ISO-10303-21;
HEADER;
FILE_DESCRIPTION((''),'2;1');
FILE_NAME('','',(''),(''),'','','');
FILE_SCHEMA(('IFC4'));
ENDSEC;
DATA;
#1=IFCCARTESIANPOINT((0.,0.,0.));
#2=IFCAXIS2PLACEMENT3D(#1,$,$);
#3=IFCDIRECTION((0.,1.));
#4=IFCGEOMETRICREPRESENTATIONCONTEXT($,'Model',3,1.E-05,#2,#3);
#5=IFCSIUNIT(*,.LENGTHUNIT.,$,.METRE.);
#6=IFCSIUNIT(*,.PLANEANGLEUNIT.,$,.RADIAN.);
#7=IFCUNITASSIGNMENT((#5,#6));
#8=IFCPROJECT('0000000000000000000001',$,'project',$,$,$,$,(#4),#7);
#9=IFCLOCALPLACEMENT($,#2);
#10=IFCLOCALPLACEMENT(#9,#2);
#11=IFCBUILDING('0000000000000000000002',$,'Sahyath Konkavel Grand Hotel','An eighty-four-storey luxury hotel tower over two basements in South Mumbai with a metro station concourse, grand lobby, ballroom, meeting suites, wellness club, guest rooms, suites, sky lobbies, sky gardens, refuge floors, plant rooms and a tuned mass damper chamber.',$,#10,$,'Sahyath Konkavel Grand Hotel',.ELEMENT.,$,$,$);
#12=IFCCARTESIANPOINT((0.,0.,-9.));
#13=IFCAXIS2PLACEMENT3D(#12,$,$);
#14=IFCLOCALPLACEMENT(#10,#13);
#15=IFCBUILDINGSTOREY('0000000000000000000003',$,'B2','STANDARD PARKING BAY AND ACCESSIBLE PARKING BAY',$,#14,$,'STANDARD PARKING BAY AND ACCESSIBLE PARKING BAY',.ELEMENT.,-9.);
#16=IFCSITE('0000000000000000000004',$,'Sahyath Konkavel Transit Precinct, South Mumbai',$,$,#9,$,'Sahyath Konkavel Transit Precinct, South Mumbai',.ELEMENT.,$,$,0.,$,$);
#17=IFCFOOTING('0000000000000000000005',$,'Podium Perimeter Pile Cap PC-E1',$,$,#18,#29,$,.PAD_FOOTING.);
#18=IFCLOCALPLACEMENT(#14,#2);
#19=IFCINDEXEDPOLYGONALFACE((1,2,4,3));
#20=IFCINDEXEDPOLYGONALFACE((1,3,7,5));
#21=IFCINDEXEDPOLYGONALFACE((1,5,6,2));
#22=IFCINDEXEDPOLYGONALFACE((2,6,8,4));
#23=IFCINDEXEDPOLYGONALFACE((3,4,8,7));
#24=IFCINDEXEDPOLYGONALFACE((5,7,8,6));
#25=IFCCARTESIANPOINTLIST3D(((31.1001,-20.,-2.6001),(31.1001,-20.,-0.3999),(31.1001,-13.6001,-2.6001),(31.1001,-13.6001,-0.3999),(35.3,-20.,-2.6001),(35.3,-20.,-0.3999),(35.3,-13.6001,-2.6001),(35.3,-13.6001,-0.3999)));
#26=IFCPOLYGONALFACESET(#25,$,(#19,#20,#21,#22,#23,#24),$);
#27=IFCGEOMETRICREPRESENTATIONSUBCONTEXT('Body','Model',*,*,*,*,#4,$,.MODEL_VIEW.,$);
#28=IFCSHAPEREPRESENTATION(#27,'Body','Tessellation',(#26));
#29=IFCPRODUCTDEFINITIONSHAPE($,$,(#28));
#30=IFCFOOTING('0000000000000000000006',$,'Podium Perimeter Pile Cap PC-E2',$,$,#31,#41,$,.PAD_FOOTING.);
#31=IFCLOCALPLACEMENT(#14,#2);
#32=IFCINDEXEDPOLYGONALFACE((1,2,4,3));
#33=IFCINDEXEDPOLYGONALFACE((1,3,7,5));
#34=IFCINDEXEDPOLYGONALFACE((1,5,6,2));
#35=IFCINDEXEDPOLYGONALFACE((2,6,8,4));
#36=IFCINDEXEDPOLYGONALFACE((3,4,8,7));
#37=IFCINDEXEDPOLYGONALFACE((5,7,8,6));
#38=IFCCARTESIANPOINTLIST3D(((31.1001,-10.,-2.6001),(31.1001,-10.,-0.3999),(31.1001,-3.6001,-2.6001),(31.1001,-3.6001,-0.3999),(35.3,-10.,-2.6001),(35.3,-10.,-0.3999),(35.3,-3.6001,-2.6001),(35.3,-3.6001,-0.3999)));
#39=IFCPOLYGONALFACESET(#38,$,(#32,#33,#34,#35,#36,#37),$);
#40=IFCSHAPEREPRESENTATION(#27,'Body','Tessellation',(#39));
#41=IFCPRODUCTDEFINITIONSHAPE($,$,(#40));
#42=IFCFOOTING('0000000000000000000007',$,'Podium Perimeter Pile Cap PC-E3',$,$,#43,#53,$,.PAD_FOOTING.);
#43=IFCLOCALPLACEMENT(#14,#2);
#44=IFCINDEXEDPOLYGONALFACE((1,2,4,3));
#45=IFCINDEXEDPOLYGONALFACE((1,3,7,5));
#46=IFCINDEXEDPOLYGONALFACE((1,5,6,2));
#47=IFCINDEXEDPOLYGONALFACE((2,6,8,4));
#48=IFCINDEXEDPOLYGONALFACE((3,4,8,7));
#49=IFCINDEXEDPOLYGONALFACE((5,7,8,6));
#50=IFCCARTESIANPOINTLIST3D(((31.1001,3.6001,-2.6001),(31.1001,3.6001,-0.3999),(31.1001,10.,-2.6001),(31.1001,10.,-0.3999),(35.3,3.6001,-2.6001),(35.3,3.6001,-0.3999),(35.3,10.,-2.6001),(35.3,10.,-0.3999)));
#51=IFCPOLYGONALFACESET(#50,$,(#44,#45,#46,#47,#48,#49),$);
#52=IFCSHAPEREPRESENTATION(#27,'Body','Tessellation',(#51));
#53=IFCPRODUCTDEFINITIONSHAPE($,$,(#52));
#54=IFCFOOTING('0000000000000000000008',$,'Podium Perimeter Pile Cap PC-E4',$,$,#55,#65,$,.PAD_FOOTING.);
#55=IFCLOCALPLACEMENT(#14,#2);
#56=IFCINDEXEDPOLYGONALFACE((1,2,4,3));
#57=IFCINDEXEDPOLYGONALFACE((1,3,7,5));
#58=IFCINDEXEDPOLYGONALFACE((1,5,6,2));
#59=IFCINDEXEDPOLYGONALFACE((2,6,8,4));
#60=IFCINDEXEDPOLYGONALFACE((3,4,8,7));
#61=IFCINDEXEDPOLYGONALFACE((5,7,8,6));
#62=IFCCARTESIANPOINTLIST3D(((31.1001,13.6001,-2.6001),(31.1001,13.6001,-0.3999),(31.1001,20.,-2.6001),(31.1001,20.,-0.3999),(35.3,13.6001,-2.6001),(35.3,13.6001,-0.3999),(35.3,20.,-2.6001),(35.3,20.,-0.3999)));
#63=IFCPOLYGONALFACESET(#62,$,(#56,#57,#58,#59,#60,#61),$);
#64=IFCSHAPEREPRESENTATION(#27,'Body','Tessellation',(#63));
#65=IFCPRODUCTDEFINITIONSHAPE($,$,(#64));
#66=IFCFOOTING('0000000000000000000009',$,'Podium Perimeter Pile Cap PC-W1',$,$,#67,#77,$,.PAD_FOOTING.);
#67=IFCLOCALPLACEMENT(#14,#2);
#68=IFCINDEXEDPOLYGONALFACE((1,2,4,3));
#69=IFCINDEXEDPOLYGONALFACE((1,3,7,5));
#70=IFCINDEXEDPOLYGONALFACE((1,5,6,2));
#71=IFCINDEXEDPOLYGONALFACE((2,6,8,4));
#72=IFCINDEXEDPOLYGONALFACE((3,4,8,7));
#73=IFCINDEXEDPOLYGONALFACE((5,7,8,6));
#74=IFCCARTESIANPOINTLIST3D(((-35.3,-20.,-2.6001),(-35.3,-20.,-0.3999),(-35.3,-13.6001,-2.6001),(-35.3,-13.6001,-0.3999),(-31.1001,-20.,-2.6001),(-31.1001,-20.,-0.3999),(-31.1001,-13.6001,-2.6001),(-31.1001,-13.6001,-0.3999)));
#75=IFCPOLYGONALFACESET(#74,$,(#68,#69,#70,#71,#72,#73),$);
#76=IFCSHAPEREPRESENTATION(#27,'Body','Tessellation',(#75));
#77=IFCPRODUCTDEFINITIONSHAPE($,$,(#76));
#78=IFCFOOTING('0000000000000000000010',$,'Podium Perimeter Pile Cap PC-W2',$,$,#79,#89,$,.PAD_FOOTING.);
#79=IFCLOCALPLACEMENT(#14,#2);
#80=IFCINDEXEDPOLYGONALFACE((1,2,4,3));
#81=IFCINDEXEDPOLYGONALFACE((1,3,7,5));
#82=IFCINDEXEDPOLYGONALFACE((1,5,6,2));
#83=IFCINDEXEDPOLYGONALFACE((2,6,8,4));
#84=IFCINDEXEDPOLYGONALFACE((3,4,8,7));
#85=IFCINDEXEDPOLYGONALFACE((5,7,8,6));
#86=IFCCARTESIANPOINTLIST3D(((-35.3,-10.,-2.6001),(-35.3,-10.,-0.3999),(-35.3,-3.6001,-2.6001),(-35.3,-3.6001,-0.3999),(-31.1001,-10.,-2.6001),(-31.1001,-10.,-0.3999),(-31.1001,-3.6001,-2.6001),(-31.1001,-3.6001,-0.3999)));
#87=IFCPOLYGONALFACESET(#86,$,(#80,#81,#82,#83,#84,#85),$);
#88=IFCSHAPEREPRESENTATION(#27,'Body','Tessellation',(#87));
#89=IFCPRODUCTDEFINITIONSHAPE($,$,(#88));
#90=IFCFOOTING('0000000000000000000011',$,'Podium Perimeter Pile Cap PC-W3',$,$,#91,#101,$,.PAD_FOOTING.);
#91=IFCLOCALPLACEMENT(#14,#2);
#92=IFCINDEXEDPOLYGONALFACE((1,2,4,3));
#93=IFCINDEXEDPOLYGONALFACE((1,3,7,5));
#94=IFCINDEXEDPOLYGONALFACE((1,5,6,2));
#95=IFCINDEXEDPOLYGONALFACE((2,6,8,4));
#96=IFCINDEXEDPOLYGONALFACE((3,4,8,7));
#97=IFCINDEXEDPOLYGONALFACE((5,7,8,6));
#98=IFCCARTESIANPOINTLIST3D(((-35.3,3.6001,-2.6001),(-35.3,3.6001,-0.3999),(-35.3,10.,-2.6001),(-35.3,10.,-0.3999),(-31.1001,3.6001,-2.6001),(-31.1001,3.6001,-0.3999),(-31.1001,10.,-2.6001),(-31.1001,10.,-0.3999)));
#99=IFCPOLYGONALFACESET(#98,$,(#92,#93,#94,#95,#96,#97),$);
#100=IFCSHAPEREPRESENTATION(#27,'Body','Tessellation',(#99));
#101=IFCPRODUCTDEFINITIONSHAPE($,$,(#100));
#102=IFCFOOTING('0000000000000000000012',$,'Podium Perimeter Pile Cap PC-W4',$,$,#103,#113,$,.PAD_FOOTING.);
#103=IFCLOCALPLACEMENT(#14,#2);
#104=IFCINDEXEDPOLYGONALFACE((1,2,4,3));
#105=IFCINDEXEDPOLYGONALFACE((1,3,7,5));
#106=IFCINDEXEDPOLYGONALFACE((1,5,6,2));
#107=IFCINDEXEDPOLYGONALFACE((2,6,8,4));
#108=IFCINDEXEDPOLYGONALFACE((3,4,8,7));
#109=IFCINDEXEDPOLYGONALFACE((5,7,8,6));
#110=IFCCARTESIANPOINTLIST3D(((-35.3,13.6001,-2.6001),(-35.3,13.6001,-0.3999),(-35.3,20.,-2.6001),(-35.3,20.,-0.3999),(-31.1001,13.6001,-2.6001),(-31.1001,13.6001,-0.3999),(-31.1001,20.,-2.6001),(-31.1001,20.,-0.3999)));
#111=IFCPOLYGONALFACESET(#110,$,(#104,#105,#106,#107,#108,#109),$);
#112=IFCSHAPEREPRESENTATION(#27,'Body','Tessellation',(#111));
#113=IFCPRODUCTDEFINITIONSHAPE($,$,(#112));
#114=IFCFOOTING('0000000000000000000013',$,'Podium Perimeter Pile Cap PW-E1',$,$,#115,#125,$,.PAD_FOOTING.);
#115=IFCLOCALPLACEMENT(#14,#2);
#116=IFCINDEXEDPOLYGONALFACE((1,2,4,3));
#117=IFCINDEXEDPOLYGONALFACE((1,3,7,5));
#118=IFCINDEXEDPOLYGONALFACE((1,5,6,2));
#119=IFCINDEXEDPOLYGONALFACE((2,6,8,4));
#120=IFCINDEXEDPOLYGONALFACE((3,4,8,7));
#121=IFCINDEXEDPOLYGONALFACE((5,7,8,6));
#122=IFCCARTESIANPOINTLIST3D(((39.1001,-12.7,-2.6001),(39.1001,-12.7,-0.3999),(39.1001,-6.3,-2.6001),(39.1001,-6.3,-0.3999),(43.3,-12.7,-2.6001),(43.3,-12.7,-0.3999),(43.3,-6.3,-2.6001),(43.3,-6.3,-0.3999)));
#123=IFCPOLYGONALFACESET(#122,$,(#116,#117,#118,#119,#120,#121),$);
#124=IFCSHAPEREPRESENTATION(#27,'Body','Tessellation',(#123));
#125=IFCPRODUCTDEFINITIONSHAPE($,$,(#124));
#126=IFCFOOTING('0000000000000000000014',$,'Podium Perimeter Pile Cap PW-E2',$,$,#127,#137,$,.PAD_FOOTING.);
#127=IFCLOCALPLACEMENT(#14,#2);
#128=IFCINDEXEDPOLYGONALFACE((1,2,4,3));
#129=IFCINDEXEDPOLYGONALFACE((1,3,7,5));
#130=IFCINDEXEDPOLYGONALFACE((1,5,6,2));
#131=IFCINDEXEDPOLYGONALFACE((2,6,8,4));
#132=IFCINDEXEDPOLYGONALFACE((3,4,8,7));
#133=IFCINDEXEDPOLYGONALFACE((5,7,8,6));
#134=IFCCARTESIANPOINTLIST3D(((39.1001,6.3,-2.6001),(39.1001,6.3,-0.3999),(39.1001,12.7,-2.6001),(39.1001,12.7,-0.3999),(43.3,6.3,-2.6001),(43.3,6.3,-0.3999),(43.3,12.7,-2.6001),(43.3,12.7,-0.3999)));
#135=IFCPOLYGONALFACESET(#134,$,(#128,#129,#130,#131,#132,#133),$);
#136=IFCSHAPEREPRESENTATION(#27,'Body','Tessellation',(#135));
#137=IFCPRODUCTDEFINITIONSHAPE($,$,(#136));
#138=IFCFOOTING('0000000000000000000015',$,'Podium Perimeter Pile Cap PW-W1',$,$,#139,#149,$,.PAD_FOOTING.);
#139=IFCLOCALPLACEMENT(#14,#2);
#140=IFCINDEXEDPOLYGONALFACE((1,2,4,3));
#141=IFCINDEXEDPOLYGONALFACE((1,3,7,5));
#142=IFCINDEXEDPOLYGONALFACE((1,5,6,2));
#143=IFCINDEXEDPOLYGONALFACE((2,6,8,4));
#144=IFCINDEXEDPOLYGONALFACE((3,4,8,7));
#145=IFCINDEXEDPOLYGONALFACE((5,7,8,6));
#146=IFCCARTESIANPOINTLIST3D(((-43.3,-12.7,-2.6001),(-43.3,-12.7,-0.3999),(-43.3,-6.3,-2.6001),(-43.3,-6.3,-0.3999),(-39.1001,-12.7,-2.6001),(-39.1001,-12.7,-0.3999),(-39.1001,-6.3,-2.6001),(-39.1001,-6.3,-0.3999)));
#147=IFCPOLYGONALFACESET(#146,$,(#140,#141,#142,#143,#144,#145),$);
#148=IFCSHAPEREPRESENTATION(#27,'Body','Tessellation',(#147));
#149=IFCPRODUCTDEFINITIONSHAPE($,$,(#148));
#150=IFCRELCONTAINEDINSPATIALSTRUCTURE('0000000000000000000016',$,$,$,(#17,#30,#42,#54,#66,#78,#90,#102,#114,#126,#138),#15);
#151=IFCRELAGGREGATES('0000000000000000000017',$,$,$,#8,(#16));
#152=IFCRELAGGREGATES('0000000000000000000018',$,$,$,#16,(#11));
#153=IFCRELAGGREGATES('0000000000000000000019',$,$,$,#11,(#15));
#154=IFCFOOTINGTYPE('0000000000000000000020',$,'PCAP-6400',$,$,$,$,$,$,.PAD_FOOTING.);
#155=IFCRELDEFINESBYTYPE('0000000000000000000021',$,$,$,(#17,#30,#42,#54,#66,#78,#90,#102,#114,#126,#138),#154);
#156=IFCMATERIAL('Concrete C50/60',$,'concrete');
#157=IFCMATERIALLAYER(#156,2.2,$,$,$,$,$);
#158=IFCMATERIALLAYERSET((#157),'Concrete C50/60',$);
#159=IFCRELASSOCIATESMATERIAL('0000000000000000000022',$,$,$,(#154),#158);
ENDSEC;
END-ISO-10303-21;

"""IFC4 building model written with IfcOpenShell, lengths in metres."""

from ifc_helpers import new_model, si_unit, direction, frame, origin, place, context, subcontext, project, spatial, polyline, outline, extrude, material, layer, layer_set, type_object, element, save


model = new_model("IFC4")

# Units and contexts
model_context = context("Model", 3, precision=1e-05, world=origin(), true_north=direction((0.0, 1.0)))
body_context = subcontext(model_context, "Body", "Model", "MODEL_VIEW")
ifc_project = project(units=[si_unit("LENGTHUNIT", "METRE"), si_unit("PLANEANGLEUNIT", "RADIAN")], contexts=[model_context])

# Site, building, storey
site_placement = place(None, origin())
site = spatial("IfcSite", under=ifc_project, at=site_placement, Name="Sahyath Konkavel Transit Precinct, South Mumbai", LongName="Sahyath Konkavel Transit Precinct, South Mumbai", CompositionType="ELEMENT", RefElevation=0.0)
building_placement = place(site_placement, origin())
building = spatial("IfcBuilding", under=site, at=building_placement, Name="Sahyath Konkavel Grand Hotel", Description="An eighty-four-storey luxury hotel tower over two basements in South Mumbai with a metro station concourse, grand lobby, ballroom, meeting suites, wellness club, guest rooms, suites, sky lobbies, sky gardens, refuge floors, plant rooms and a tuned mass damper chamber.", LongName="Sahyath Konkavel Grand Hotel", CompositionType="ELEMENT")
storey_placement = place(building_placement, frame((0.0, 0.0, -9.0)))
storey = spatial("IfcBuildingStorey", under=building, at=storey_placement, Name="B2", Description="STANDARD PARKING BAY AND ACCESSIBLE PARKING BAY", LongName="STANDARD PARKING BAY AND ACCESSIBLE PARKING BAY", CompositionType="ELEMENT", Elevation=-9.0)

# Footings
ifc_material_1 = material(Name="Concrete C50/60", Category="concrete")
ifc_layer_1 = layer(ifc_material_1, 2.2)
ifc_layer_set_1 = layer_set([ifc_layer_1], Name="Concrete C50/60")
footing_type = type_object("IfcFootingType", Name="PCAP-6400", PredefinedType="PAD_FOOTING", material=ifc_layer_set_1)
footing_1_placement = place(storey_placement, frame((0.0, 0.0, -2.6001)))
element("IfcFooting", 1, at=footing_1_placement, inside=storey, type_object=footing_type, Name="Podium Perimeter Pile Cap PC-E1", PredefinedType="PAD_FOOTING", context=body_context, shape_type="SweptSolid", body=[
    extrude(outline(polyline([(31.1001, -20.0), (35.3, -20.0), (35.3, -13.6001), (31.1001, -13.6001), (31.1001, -20.0)])), origin(), (0.0, 0.0, 1.0), 2.2002),
])
footing_2_placement = place(storey_placement, frame((0.0, 0.0, -2.6001)))
element("IfcFooting", 2, at=footing_2_placement, inside=storey, type_object=footing_type, Name="Podium Perimeter Pile Cap PC-E2", PredefinedType="PAD_FOOTING", context=body_context, shape_type="SweptSolid", body=[
    extrude(outline(polyline([(31.1001, -10.0), (35.3, -10.0), (35.3, -3.6001), (31.1001, -3.6001), (31.1001, -10.0)])), origin(), (0.0, 0.0, 1.0), 2.2002),
])
footing_3_placement = place(storey_placement, frame((0.0, 0.0, -2.6001)))
element("IfcFooting", 3, at=footing_3_placement, inside=storey, type_object=footing_type, Name="Podium Perimeter Pile Cap PC-E3", PredefinedType="PAD_FOOTING", context=body_context, shape_type="SweptSolid", body=[
    extrude(outline(polyline([(31.1001, 3.6001), (35.3, 3.6001), (35.3, 10.0), (31.1001, 10.0), (31.1001, 3.6001)])), origin(), (0.0, 0.0, 1.0), 2.2002),
])
footing_4_placement = place(storey_placement, frame((0.0, 0.0, -2.6001)))
element("IfcFooting", 4, at=footing_4_placement, inside=storey, type_object=footing_type, Name="Podium Perimeter Pile Cap PC-E4", PredefinedType="PAD_FOOTING", context=body_context, shape_type="SweptSolid", body=[
    extrude(outline(polyline([(31.1001, 13.6001), (35.3, 13.6001), (35.3, 20.0), (31.1001, 20.0), (31.1001, 13.6001)])), origin(), (0.0, 0.0, 1.0), 2.2002),
])
footing_5_placement = place(storey_placement, frame((0.0, 0.0, -2.6001)))
element("IfcFooting", 5, at=footing_5_placement, inside=storey, type_object=footing_type, Name="Podium Perimeter Pile Cap PC-W1", PredefinedType="PAD_FOOTING", context=body_context, shape_type="SweptSolid", body=[
    extrude(outline(polyline([(-35.3, -20.0), (-31.1001, -20.0), (-31.1001, -13.6001), (-35.3, -13.6001), (-35.3, -20.0)])), origin(), (0.0, 0.0, 1.0), 2.2002),
])
footing_6_placement = place(storey_placement, frame((0.0, 0.0, -2.6001)))
element("IfcFooting", 6, at=footing_6_placement, inside=storey, type_object=footing_type, Name="Podium Perimeter Pile Cap PC-W2", PredefinedType="PAD_FOOTING", context=body_context, shape_type="SweptSolid", body=[
    extrude(outline(polyline([(-35.3, -10.0), (-31.1001, -10.0), (-31.1001, -3.6001), (-35.3, -3.6001), (-35.3, -10.0)])), origin(), (0.0, 0.0, 1.0), 2.2002),
])
footing_7_placement = place(storey_placement, frame((0.0, 0.0, -2.6001)))
element("IfcFooting", 7, at=footing_7_placement, inside=storey, type_object=footing_type, Name="Podium Perimeter Pile Cap PC-W3", PredefinedType="PAD_FOOTING", context=body_context, shape_type="SweptSolid", body=[
    extrude(outline(polyline([(-35.3, 3.6001), (-31.1001, 3.6001), (-31.1001, 10.0), (-35.3, 10.0), (-35.3, 3.6001)])), origin(), (0.0, 0.0, 1.0), 2.2002),
])
footing_8_placement = place(storey_placement, frame((0.0, 0.0, -2.6001)))
element("IfcFooting", 8, at=footing_8_placement, inside=storey, type_object=footing_type, Name="Podium Perimeter Pile Cap PC-W4", PredefinedType="PAD_FOOTING", context=body_context, shape_type="SweptSolid", body=[
    extrude(outline(polyline([(-35.3, 13.6001), (-31.1001, 13.6001), (-31.1001, 20.0), (-35.3, 20.0), (-35.3, 13.6001)])), origin(), (0.0, 0.0, 1.0), 2.2002),
])
footing_9_placement = place(storey_placement, frame((0.0, 0.0, -2.6001)))
element("IfcFooting", 9, at=footing_9_placement, inside=storey, type_object=footing_type, Name="Podium Perimeter Pile Cap PW-E1", PredefinedType="PAD_FOOTING", context=body_context, shape_type="SweptSolid", body=[
    extrude(outline(polyline([(39.1001, -12.7), (43.3, -12.7), (43.3, -6.3), (39.1001, -6.3), (39.1001, -12.7)])), origin(), (0.0, 0.0, 1.0), 2.2002),
])
footing_10_placement = place(storey_placement, frame((0.0, 0.0, -2.6001)))
element("IfcFooting", 10, at=footing_10_placement, inside=storey, type_object=footing_type, Name="Podium Perimeter Pile Cap PW-E2", PredefinedType="PAD_FOOTING", context=body_context, shape_type="SweptSolid", body=[
    extrude(outline(polyline([(39.1001, 6.3), (43.3, 6.3), (43.3, 12.7), (39.1001, 12.7), (39.1001, 6.3)])), origin(), (0.0, 0.0, 1.0), 2.2002),
])
footing_11_placement = place(storey_placement, frame((0.0, 0.0, -2.6001)))
element("IfcFooting", 11, at=footing_11_placement, inside=storey, type_object=footing_type, Name="Podium Perimeter Pile Cap PW-W1", PredefinedType="PAD_FOOTING", context=body_context, shape_type="SweptSolid", body=[
    extrude(outline(polyline([(-43.3, -12.7), (-39.1001, -12.7), (-39.1001, -6.3), (-43.3, -6.3), (-43.3, -12.7)])), origin(), (0.0, 0.0, 1.0), 2.2002),
])

save(model, "model.ifc")
